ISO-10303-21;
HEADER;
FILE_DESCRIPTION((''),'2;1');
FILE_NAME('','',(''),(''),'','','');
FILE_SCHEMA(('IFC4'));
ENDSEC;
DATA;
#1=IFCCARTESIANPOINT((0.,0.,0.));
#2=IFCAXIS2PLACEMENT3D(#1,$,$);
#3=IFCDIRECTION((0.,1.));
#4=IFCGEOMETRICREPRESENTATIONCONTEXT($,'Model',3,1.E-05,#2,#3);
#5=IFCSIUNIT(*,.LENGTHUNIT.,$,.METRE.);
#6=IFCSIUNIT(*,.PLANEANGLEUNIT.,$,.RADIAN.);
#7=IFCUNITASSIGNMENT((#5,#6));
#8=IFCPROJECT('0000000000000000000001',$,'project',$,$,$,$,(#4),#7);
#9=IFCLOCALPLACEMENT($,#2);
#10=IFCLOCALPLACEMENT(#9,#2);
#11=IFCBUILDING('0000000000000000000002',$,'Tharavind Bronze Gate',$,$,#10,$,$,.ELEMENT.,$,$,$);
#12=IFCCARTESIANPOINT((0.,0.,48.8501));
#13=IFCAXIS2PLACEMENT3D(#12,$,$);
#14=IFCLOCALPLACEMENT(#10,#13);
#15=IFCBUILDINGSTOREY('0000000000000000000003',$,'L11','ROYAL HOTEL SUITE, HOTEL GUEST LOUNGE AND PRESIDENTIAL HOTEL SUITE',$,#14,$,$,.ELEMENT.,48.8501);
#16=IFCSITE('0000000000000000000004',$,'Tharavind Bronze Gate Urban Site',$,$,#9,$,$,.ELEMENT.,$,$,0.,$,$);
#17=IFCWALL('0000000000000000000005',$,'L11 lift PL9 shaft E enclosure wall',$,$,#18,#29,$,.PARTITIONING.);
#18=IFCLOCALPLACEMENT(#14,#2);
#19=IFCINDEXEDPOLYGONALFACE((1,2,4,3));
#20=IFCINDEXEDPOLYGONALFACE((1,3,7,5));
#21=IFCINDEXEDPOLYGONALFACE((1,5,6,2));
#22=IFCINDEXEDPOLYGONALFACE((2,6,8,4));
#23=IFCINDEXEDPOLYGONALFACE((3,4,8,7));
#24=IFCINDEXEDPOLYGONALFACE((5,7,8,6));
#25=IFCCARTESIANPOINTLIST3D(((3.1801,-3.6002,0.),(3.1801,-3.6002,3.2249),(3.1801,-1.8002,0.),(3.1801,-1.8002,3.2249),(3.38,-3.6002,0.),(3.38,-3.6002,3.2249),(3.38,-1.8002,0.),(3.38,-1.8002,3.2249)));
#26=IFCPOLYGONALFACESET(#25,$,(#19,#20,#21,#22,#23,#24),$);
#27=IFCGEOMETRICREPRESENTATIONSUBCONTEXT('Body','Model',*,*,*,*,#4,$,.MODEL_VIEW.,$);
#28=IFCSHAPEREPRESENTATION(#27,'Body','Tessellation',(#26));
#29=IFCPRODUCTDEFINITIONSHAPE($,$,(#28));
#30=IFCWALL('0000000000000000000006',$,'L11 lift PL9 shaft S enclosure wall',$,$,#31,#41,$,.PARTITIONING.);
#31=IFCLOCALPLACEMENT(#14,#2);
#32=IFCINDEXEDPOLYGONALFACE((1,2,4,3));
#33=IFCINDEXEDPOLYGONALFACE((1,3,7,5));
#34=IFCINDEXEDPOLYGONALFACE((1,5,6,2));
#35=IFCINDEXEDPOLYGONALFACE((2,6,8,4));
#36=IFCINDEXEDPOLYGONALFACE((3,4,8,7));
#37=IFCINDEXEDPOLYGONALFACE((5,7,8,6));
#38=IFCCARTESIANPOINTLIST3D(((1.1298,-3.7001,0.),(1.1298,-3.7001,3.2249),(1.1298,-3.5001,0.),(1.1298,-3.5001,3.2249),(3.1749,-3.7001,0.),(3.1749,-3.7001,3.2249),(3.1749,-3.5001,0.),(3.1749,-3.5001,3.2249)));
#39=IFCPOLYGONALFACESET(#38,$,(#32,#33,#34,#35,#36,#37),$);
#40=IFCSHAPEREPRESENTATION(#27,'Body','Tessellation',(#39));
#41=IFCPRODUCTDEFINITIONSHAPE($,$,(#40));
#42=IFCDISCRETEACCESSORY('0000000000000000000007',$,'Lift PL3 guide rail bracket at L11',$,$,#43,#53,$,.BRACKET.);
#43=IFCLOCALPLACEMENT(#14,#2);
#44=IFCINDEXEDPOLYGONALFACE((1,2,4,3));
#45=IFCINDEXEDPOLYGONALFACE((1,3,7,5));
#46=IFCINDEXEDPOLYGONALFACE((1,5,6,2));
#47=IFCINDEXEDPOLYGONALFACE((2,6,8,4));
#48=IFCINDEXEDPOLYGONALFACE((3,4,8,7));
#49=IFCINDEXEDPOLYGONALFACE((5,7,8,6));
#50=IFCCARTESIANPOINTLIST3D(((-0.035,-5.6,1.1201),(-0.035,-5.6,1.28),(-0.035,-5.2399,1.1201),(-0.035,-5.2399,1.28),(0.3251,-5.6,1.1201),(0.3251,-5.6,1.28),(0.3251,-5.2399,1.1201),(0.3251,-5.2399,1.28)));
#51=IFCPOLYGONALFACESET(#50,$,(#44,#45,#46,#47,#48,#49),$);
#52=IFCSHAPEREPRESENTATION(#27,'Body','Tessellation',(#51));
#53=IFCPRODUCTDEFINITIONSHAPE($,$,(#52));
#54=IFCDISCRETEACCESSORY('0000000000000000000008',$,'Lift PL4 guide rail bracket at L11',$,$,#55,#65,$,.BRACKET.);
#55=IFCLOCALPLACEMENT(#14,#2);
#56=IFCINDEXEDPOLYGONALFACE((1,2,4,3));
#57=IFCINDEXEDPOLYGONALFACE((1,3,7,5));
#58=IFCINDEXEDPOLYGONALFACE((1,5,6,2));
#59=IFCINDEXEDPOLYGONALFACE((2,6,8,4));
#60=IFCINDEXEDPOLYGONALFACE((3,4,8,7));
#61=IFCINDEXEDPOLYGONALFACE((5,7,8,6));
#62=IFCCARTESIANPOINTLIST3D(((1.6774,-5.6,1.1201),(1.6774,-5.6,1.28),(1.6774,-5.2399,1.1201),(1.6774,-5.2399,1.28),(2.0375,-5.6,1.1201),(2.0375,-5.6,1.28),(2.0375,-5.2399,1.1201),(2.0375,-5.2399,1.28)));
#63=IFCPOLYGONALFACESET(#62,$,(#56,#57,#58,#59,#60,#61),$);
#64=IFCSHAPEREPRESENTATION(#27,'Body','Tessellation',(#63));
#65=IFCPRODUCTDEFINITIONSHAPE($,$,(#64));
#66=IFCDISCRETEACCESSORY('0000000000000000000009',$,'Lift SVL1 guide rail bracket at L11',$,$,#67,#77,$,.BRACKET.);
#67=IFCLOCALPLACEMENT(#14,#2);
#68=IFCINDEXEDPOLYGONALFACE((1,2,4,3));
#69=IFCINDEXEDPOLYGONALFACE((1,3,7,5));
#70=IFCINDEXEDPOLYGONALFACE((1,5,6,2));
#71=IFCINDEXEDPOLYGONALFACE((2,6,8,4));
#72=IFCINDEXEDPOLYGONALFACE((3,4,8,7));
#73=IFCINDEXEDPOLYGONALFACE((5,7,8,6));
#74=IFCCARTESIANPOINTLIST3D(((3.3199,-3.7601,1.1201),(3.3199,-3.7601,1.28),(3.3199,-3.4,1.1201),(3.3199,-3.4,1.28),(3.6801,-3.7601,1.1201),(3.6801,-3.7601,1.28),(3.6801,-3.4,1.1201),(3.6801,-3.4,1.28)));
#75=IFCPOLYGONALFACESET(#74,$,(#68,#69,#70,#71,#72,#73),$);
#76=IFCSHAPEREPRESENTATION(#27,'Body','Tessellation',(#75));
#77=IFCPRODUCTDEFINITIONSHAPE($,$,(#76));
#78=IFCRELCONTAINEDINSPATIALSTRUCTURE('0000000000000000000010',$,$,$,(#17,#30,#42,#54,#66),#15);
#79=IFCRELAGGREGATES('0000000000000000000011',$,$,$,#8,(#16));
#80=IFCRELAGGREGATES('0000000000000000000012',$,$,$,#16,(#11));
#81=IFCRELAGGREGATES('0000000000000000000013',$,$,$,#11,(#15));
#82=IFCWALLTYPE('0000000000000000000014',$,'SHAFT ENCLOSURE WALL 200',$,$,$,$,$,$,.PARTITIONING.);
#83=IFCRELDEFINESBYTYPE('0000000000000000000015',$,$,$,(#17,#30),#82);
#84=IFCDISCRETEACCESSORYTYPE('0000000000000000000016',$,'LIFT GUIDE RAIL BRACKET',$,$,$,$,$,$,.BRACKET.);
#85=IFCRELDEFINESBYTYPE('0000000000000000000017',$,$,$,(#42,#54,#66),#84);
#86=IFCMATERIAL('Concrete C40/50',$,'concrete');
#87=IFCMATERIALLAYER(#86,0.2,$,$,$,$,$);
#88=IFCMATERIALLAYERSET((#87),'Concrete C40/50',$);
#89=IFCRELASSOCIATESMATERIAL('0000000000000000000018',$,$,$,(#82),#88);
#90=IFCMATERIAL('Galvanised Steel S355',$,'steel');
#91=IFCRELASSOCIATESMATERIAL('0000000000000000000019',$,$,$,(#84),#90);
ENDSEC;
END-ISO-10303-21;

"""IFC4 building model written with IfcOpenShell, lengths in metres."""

from ifc_helpers import new_model, si_unit, direction, frame, frame_2d, origin, origin_2d, place, context, subcontext, project, spatial, rectangle, extrude, material, layer, layer_set, type_object, element, save


model = new_model("IFC4")

# Units and contexts
model_context = context("Model", 3, precision=1e-05, world=origin(), true_north=direction((0.0, 1.0)))
body_context = subcontext(model_context, "Body", "Model", "MODEL_VIEW")
ifc_project = project(units=[si_unit("LENGTHUNIT", "METRE"), si_unit("PLANEANGLEUNIT", "RADIAN")], contexts=[model_context])

# Site, building, storey
site_placement = place(None, origin())
site = spatial("IfcSite", under=ifc_project, at=site_placement, Name="Tharavind Bronze Gate Urban Site", CompositionType="ELEMENT", RefElevation=0.0)
building_placement = place(site_placement, origin())
building = spatial("IfcBuilding", under=site, at=building_placement, Name="Tharavind Bronze Gate", CompositionType="ELEMENT")
storey_placement = place(building_placement, frame((0.0, 0.0, 48.8501)))
storey = spatial("IfcBuildingStorey", under=building, at=storey_placement, Name="L11", Description="ROYAL HOTEL SUITE, HOTEL GUEST LOUNGE AND PRESIDENTIAL HOTEL SUITE", CompositionType="ELEMENT", Elevation=48.8501)

# Walls
ifc_material_1 = material(Name="Concrete C40/50", Category="concrete")
ifc_layer_1 = layer(ifc_material_1, 0.2)
ifc_layer_set_1 = layer_set([ifc_layer_1], Name="Concrete C40/50")
wall_type_1 = type_object("IfcWallType", Name="SHAFT ENCLOSURE WALL 200", PredefinedType="PARTITIONING", material=ifc_layer_set_1)
wall_1_placement = place(storey_placement, frame((3.28, -3.6001, 0.0), z_axis=(0.0, 0.0, 1.0), x_axis=(0.0, 1.0, 0.0)))
element("IfcWall", 1, at=wall_1_placement, inside=storey, type_object=wall_type_1, Name="L11 lift PL9 shaft E enclosure wall", PredefinedType="PARTITIONING", context=body_context, shape_type="SweptSolid", body=[
    extrude(rectangle(XDim=1.8, YDim=0.2, at=frame_2d((0.8999, 0.0))), origin(), (0.0, 0.0, 1.0), 3.2249),
])
wall_2_placement = place(storey_placement, frame((1.1299, -3.6001, 0.0), z_axis=(0.0, 0.0, 1.0), x_axis=(1.0, 0.0, 0.0)))
element("IfcWall", 2, at=wall_2_placement, inside=storey, type_object=wall_type_1, Name="L11 lift PL9 shaft S enclosure wall", PredefinedType="PARTITIONING", context=body_context, shape_type="SweptSolid", body=[
    extrude(rectangle(XDim=2.0452, YDim=0.2, at=frame_2d((1.0225, 0.0))), origin(), (0.0, 0.0, 1.0), 3.2249),
])

# Discrete accessories
ifc_material_2 = material(Name="Galvanised Steel S355", Category="steel")
discrete_accessory_type = type_object("IfcDiscreteAccessoryType", Name="LIFT GUIDE RAIL BRACKET", PredefinedType="BRACKET", material=ifc_material_2)
for number, where, z_axis, x_axis, name in (
    (3, (0.145, -5.4199, 1.1201), (0.0, 0.0, 1.0), (1.0, 0.0, 0.0), "Lift PL3 guide rail bracket at L11"),
    (4, (1.8574, -5.4199, 1.1201), (0.0, 0.0, 1.0), (1.0, 0.0, 0.0), "Lift PL4 guide rail bracket at L11"),
    (5, (3.5, -3.5801, 1.1201), (0.0, 0.0, 1.0), (1.0, 0.0, 0.0), "Lift SVL1 guide rail bracket at L11"),
):
    element("IfcDiscreteAccessory", number, at=place(storey_placement, frame(where, z_axis=z_axis, x_axis=x_axis)), inside=storey, type_object=discrete_accessory_type, Name=name, PredefinedType="BRACKET", context=body_context, shape_type="SweptSolid", body=[
        extrude(rectangle(XDim=0.3601, YDim=0.3601, at=origin_2d()), origin(), (0.0, 0.0, 1.0), 0.1599),
    ])

save(model, "model.ifc")
